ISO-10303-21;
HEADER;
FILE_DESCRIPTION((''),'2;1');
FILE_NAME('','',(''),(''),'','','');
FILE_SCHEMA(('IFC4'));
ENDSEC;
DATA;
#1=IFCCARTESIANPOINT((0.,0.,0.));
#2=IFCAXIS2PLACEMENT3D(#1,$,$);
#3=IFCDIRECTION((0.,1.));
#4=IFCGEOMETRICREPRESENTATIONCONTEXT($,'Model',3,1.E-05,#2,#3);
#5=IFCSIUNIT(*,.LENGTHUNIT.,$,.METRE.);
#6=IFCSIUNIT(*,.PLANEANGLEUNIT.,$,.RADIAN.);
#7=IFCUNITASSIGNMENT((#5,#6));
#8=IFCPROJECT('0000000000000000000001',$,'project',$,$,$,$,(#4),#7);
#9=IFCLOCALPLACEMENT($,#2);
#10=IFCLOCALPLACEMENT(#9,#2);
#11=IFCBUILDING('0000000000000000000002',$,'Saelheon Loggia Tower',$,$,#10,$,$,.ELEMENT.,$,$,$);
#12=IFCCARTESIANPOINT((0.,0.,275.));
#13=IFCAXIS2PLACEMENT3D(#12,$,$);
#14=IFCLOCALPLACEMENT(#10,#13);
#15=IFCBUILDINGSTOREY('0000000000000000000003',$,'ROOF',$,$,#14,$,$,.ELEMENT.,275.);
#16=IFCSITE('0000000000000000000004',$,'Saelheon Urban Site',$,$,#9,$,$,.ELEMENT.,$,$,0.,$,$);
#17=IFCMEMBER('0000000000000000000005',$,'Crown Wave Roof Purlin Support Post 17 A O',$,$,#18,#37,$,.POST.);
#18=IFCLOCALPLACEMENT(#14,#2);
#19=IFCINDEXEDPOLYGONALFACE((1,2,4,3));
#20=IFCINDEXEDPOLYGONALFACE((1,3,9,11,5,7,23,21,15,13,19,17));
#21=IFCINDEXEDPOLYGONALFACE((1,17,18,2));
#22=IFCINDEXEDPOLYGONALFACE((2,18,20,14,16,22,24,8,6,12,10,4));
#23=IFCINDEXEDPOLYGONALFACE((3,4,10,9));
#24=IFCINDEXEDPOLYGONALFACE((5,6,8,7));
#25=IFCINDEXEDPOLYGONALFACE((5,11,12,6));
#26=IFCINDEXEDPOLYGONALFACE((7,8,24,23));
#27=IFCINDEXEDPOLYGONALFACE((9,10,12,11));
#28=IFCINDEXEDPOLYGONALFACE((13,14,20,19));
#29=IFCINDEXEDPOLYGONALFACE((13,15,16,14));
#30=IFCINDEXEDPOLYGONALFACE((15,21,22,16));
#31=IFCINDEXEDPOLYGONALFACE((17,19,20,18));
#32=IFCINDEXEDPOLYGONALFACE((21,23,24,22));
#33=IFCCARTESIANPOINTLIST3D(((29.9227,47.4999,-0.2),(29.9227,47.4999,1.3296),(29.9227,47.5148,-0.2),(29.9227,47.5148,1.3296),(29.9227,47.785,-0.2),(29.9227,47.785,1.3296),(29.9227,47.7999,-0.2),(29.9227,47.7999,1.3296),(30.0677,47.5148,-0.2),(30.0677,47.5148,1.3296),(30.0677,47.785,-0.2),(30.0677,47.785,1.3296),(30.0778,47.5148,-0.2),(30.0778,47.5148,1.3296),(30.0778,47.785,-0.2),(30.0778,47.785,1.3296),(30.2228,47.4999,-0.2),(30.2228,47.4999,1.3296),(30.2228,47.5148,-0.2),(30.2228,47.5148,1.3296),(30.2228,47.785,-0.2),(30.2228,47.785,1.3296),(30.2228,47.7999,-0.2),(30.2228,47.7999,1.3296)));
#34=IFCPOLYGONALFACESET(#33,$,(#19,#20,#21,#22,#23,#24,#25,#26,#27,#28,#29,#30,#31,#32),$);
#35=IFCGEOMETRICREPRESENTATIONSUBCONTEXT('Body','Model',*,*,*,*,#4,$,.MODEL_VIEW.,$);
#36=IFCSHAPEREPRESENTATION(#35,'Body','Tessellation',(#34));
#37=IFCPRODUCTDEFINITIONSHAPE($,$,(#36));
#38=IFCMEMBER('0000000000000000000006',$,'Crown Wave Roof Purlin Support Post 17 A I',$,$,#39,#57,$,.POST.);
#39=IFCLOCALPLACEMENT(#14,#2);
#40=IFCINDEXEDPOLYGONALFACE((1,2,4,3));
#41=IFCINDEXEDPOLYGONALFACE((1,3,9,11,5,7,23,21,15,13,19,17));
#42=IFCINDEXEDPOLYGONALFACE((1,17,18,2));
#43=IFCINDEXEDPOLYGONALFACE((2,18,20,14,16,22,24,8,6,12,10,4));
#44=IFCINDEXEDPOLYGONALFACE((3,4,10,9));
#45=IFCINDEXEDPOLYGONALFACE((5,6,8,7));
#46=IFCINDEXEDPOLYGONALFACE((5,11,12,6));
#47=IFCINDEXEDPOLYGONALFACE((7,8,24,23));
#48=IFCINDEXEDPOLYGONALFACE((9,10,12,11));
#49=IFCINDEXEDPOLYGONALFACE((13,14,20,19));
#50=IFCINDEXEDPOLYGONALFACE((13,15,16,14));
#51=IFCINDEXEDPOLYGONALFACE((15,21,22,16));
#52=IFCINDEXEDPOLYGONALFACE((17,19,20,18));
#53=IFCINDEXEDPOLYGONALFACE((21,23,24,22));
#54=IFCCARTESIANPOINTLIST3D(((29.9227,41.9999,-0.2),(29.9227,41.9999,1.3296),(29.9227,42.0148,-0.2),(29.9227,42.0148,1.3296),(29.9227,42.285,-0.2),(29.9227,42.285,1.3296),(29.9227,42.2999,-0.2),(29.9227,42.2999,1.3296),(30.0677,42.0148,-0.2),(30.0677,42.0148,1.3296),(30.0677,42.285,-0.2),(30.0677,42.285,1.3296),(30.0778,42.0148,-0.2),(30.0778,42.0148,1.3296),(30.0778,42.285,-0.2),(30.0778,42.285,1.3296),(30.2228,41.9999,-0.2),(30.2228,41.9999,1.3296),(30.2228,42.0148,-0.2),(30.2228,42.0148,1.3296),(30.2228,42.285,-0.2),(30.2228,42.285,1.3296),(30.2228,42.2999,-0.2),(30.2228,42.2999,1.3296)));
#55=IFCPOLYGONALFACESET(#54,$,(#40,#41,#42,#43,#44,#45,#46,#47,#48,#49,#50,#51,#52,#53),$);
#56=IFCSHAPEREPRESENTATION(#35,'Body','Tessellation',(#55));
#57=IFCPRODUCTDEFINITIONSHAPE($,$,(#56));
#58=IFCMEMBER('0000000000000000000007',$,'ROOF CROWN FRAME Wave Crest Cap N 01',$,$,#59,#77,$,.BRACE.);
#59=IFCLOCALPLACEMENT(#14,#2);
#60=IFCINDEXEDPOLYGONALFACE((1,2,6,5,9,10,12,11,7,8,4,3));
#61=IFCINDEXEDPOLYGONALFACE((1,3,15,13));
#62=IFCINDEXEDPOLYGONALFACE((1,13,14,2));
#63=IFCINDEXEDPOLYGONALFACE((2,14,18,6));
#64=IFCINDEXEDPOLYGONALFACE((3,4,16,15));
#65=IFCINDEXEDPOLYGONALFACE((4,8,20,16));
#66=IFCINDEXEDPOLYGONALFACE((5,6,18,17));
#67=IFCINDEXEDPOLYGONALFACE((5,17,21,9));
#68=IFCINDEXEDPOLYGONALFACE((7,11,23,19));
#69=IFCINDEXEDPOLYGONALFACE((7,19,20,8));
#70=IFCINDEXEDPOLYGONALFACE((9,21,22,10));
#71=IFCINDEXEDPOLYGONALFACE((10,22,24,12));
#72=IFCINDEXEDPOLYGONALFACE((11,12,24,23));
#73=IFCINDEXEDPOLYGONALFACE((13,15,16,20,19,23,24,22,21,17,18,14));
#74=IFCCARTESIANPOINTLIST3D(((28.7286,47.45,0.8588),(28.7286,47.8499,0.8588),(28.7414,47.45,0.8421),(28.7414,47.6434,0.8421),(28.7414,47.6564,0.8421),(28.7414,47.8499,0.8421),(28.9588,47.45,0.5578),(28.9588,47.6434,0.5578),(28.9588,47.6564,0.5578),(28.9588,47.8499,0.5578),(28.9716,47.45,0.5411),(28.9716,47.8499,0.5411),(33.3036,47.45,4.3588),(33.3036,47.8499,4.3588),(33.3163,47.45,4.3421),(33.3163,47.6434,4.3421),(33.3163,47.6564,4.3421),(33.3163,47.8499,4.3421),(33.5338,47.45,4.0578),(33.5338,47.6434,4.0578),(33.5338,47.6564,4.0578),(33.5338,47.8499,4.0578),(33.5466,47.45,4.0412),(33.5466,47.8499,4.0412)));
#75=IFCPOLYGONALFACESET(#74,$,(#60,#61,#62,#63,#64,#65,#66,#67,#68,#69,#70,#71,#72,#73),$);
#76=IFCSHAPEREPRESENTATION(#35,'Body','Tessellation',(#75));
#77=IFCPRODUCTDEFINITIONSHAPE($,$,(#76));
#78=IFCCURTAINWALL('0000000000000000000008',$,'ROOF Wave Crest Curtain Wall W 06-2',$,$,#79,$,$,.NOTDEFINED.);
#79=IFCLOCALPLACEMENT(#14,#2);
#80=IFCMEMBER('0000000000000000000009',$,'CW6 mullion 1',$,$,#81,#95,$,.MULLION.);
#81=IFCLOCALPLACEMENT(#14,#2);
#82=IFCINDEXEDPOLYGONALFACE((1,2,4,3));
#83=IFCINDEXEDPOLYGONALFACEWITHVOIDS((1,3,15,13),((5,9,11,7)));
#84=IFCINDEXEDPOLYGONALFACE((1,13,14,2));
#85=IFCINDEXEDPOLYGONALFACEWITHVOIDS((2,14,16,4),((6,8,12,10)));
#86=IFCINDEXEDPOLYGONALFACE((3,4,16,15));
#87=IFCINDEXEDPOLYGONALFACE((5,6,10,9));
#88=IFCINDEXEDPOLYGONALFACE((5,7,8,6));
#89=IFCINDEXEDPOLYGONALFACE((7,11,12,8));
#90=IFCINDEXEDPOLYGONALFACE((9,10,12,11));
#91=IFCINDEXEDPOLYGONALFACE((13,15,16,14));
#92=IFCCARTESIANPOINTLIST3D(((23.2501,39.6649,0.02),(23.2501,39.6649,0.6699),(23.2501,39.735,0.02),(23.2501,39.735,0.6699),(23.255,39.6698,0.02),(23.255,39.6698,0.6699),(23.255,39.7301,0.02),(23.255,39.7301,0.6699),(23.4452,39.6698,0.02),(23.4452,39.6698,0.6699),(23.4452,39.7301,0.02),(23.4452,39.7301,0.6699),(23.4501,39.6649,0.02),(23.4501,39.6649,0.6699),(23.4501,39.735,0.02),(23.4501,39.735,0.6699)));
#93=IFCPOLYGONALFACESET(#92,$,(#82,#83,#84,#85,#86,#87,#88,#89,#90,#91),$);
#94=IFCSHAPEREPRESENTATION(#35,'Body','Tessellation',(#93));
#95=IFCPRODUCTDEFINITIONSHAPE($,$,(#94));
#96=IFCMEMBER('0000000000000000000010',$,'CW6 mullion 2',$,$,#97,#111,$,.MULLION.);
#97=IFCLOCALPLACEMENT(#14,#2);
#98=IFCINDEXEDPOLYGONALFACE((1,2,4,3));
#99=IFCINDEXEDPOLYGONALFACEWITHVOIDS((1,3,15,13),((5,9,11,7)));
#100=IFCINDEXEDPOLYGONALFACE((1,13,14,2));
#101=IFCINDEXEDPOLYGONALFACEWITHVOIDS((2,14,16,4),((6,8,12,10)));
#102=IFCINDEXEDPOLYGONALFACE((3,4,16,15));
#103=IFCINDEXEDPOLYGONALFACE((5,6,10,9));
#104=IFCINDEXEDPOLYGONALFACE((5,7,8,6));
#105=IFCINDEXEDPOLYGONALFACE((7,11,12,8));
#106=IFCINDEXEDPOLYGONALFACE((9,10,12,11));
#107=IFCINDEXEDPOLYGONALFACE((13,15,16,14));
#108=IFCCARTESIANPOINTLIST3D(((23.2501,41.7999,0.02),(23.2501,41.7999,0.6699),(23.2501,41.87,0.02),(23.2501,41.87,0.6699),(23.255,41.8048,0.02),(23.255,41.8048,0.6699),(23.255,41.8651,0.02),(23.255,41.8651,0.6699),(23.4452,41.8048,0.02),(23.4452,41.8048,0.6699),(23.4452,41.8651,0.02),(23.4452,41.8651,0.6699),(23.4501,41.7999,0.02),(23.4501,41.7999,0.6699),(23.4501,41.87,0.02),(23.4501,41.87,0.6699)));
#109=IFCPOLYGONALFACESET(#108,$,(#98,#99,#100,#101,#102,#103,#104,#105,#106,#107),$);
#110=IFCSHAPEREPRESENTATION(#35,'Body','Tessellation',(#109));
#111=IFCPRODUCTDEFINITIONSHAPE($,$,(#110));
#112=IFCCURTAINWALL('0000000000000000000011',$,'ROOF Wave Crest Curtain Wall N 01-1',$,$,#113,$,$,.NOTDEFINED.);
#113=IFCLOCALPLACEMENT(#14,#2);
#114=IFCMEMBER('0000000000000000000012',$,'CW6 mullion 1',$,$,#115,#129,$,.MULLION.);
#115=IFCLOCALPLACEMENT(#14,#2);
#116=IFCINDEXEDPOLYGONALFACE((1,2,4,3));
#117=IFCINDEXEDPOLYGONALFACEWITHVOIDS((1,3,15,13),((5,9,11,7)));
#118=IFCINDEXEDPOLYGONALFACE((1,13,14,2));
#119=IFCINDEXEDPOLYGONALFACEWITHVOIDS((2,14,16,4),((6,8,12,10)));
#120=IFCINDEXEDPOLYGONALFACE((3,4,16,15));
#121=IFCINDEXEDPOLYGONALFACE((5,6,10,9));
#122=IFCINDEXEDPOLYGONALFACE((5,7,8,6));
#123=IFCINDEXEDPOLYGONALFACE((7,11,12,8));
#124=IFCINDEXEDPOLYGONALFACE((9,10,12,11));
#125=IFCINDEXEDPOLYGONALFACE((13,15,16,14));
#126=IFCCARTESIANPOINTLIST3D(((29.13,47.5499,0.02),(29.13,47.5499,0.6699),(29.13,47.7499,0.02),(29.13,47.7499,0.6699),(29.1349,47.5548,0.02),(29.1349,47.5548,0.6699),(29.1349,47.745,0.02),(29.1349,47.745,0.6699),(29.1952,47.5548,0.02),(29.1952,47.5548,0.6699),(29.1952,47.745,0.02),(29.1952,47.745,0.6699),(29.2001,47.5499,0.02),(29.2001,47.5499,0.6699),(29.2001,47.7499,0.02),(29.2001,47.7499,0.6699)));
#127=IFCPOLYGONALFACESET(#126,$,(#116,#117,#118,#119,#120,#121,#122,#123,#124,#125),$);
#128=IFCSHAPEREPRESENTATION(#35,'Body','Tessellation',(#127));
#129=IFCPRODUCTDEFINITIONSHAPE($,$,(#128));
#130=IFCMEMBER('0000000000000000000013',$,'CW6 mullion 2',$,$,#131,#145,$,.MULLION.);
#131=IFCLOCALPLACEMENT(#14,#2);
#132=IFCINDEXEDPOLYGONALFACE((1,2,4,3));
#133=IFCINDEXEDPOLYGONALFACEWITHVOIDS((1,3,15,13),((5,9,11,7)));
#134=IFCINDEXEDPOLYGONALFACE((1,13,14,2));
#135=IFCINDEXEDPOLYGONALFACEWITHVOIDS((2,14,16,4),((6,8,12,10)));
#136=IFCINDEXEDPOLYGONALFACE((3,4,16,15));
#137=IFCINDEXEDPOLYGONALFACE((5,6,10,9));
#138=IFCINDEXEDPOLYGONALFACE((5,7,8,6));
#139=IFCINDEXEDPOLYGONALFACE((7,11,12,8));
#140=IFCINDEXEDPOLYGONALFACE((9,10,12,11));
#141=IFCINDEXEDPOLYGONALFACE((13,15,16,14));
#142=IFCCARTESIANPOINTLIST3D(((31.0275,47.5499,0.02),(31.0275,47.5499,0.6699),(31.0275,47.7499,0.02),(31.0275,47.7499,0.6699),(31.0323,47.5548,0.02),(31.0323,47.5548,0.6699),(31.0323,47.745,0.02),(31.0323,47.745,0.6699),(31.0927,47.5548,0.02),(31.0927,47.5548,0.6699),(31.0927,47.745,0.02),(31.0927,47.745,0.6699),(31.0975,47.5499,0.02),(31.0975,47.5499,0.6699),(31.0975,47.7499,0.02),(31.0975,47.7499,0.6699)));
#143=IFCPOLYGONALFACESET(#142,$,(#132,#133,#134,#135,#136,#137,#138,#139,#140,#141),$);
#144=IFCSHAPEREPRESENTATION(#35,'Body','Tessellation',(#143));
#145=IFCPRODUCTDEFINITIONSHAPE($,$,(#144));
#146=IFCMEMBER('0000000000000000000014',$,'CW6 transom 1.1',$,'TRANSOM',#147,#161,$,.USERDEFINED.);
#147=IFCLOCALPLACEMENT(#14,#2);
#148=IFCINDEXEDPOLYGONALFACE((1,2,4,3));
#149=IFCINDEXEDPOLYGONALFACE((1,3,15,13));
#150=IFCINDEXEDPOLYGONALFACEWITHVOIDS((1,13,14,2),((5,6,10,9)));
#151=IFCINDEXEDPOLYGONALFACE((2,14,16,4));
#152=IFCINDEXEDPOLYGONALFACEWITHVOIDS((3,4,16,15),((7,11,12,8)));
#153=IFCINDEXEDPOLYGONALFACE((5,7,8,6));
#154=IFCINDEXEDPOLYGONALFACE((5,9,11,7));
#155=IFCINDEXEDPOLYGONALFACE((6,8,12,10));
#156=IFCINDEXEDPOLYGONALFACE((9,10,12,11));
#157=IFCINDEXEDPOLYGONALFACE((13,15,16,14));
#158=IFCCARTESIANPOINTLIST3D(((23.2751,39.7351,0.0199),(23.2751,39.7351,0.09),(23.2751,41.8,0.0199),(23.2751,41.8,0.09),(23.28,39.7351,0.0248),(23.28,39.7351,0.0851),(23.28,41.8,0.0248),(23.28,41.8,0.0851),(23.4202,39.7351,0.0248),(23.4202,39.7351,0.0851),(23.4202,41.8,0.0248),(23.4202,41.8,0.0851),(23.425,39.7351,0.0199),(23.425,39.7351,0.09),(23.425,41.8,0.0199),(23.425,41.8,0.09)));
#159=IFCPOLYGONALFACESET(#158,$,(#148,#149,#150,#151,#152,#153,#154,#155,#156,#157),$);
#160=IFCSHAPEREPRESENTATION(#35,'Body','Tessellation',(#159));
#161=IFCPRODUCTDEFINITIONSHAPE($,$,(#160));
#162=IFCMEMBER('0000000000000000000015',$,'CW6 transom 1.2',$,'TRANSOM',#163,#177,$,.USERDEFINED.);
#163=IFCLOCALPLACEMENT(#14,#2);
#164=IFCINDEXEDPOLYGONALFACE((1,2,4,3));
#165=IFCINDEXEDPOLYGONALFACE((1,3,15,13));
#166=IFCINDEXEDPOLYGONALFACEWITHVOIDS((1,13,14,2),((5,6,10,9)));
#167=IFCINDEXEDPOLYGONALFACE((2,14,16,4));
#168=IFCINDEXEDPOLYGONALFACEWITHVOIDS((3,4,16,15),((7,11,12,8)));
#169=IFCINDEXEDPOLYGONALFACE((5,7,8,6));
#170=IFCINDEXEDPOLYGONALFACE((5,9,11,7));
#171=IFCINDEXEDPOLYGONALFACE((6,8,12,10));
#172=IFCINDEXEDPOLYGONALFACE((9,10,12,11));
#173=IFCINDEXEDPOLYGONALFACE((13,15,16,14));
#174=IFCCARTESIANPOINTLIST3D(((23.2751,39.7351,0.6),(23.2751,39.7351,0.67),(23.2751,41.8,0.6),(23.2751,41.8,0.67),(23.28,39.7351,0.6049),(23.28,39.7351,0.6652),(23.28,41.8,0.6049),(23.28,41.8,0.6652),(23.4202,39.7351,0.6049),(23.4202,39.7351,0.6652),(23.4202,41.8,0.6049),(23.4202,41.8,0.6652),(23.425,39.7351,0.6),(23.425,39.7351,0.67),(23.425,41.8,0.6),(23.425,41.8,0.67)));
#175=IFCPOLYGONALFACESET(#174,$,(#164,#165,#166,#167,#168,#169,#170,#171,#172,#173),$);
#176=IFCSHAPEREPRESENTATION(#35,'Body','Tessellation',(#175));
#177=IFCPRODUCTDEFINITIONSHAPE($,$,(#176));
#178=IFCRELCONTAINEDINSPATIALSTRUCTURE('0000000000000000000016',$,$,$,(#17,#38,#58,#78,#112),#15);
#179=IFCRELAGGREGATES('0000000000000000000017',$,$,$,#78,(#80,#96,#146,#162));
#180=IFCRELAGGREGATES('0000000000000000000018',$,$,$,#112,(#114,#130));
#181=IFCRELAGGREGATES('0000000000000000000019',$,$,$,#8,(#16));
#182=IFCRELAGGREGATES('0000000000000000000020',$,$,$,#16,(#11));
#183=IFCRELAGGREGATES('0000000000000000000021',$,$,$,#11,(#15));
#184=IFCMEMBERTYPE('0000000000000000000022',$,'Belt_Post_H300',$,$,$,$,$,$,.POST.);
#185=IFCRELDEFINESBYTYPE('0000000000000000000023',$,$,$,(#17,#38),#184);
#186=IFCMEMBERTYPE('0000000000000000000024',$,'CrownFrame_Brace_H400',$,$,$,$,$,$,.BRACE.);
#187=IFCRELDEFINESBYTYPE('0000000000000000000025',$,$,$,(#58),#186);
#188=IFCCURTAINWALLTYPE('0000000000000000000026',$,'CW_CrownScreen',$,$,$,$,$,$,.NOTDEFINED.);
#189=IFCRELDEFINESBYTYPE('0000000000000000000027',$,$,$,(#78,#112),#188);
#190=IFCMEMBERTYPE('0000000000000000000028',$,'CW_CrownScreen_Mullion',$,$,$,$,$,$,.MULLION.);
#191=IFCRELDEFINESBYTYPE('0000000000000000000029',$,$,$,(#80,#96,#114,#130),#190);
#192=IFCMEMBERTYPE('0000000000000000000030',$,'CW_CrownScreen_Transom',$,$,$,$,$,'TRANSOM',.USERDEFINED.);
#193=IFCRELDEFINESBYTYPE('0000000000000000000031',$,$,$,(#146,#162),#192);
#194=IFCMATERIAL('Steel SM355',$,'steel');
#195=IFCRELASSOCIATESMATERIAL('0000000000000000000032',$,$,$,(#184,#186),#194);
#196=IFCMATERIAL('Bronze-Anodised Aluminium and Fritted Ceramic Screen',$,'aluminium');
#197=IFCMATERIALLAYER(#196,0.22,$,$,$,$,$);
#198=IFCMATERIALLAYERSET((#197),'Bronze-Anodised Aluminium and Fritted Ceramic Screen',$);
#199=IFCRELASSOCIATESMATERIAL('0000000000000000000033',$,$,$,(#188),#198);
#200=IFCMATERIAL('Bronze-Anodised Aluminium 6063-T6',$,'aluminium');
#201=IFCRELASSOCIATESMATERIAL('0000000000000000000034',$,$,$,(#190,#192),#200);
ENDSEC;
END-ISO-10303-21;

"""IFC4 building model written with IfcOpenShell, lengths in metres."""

from ifc_helpers import new_model, si_unit, direction, frame, origin, origin_2d, place, context, subcontext, project, spatial, hollow_rectangle, i_section, extrude, source, transform, mapped, material, layer, layer_set, material_profile, profile_set, type_object, element, aggregate, save


model = new_model("IFC4")

# Units and contexts
model_context = context("Model", 3, precision=1e-05, world=origin(), true_north=direction((0.0, 1.0)))
body_context = subcontext(model_context, "Body", "Model", "MODEL_VIEW")
ifc_project = project(units=[si_unit("LENGTHUNIT", "METRE"), si_unit("PLANEANGLEUNIT", "RADIAN")], contexts=[model_context])

# Site, building, storey
site_placement = place(None, origin())
site = spatial("IfcSite", under=ifc_project, at=site_placement, Name="Saelheon Urban Site", CompositionType="ELEMENT", RefElevation=0.0)
building_placement = place(site_placement, origin())
building = spatial("IfcBuilding", under=site, at=building_placement, Name="Saelheon Loggia Tower", CompositionType="ELEMENT")
storey_placement = place(building_placement, frame((0.0, 0.0, 275.0)))
storey = spatial("IfcBuildingStorey", under=building, at=storey_placement, Name="ROOF", CompositionType="ELEMENT", Elevation=275.0)

# Members
ifc_material_1 = material(Name="Steel SM355", Category="steel")
ifc_material_profile_1 = material_profile(ifc_material_1, i_section(OverallWidth=0.3, OverallDepth=0.3, WebThickness=0.01, FlangeThickness=0.0149, at=origin_2d()), Name="H-300x300x10x15")
ifc_profile_set_1 = profile_set([ifc_material_profile_1], Name="Steel SM355")
member_type_1 = type_object("IfcMemberType", Name="Belt_Post_H300", PredefinedType="POST", material=ifc_profile_set_1)
shared_shape_1 = source(origin(), body_context, "Body", "SweptSolid", [
    extrude(i_section(OverallWidth=0.3, OverallDepth=0.3, WebThickness=0.01, FlangeThickness=0.0149, at=origin_2d()), origin(), (0.0, 0.0, 1.0), 1.5295),
])
for number, where, z_axis, x_axis, name in (
    (1, (30.0728, 47.6499, -0.2), (0.0, 0.0, 1.0), (1.0, 0.0, 0.0), "Crown Wave Roof Purlin Support Post 17 A O"),
    (2, (30.0728, 42.1499, -0.2), (0.0, 0.0, 1.0), (1.0, 0.0, 0.0), "Crown Wave Roof Purlin Support Post 17 A I"),
):
    element("IfcMember", number, at=place(storey_placement, frame(where, z_axis=z_axis, x_axis=x_axis)), inside=storey, type_object=member_type_1, Name=name, PredefinedType="POST", context=body_context, shape_type="MappedRepresentation", body=[
        mapped(shared_shape_1, transform((0.0, 0.0, 0.0), scale=1.0)),
    ])
ifc_material_profile_2 = material_profile(ifc_material_1, i_section(OverallWidth=0.3999, OverallDepth=0.3999, WebThickness=0.0129, FlangeThickness=0.021, at=origin_2d()), Name="H-400x400x13x21")
ifc_profile_set_2 = profile_set([ifc_material_profile_2], Name="Steel SM355")
member_type_2 = type_object("IfcMemberType", Name="CrownFrame_Brace_H400", PredefinedType="BRACE", material=ifc_profile_set_2)
shared_shape_2 = source(origin(), body_context, "Body", "SweptSolid", [
    extrude(i_section(OverallWidth=0.3999, OverallDepth=0.3999, WebThickness=0.0129, FlangeThickness=0.021, at=origin_2d()), origin(), (0.0, 0.0, 1.0), 5.7603),
])
member_1_placement = place(storey_placement, frame((28.8501, 47.6499, 0.7), z_axis=(0.794231, 0.0, 0.607615), x_axis=(0.0, 1.0, 0.0)))
element("IfcMember", 3, at=member_1_placement, inside=storey, type_object=member_type_2, Name="ROOF CROWN FRAME Wave Crest Cap N 01", PredefinedType="BRACE", context=body_context, shape_type="MappedRepresentation", body=[
    mapped(shared_shape_2, transform((0.0, 0.0, 0.0), scale=1.0)),
])

# Curtain walls, members
ifc_material_2 = material(Name="Bronze-Anodised Aluminium and Fritted Ceramic Screen", Category="aluminium")
ifc_layer_1 = layer(ifc_material_2, 0.22)
ifc_layer_set_1 = layer_set([ifc_layer_1], Name="Bronze-Anodised Aluminium and Fritted Ceramic Screen")
curtain_wall_type = type_object("IfcCurtainWallType", Name="CW_CrownScreen", PredefinedType="NOTDEFINED", material=ifc_layer_set_1)
curtain_wall_1_placement = place(storey_placement, origin())
curtain_wall_1 = element("IfcCurtainWall", 4, at=curtain_wall_1_placement, inside=storey, type_object=curtain_wall_type, Name="ROOF Wave Crest Curtain Wall W 06-2", PredefinedType="NOTDEFINED")
ifc_material_3 = material(Name="Bronze-Anodised Aluminium 6063-T6", Category="aluminium")
ifc_material_profile_3 = material_profile(ifc_material_3, hollow_rectangle(XDim=0.0701, YDim=0.2, WallThickness=0.0049, at=origin_2d()), Name="RHS-200x70x5")
ifc_profile_set_3 = profile_set([ifc_material_profile_3], Name="Bronze-Anodised Aluminium 6063-T6")
member_type_3 = type_object("IfcMemberType", Name="CW_CrownScreen_Mullion", PredefinedType="MULLION", material=ifc_profile_set_3)
shared_shape_3 = source(origin(), body_context, "Body", "SweptSolid", [
    extrude(hollow_rectangle(XDim=0.0701, YDim=0.2, WallThickness=0.0049, at=origin_2d()), origin(), (0.0, 0.0, 1.0), 0.6499),
])
member_2_placement = place(storey_placement, frame((23.3501, 39.7, 0.02), z_axis=(0.0, 0.0, 1.0), x_axis=(0.0, 1.0, 0.0)))
member_2 = element("IfcMember", 5, at=member_2_placement, type_object=member_type_3, Name="CW6 mullion 1", PredefinedType="MULLION", context=body_context, shape_type="MappedRepresentation", body=[
    mapped(shared_shape_3, transform((0.0, 0.0, 0.0), scale=1.0)),
])
member_3_placement = place(storey_placement, frame((23.3501, 41.835, 0.02), z_axis=(0.0, 0.0, 1.0), x_axis=(0.0, 1.0, 0.0)))
member_3 = element("IfcMember", 6, at=member_3_placement, type_object=member_type_3, Name="CW6 mullion 2", PredefinedType="MULLION", context=body_context, shape_type="MappedRepresentation", body=[
    mapped(shared_shape_3, transform((0.0, 0.0, 0.0), scale=1.0)),
])
curtain_wall_2_placement = place(storey_placement, origin())
curtain_wall_2 = element("IfcCurtainWall", 7, at=curtain_wall_2_placement, inside=storey, type_object=curtain_wall_type, Name="ROOF Wave Crest Curtain Wall N 01-1", PredefinedType="NOTDEFINED")
member_4_placement = place(storey_placement, frame((29.165, 47.6499, 0.02), z_axis=(0.0, 0.0, 1.0), x_axis=(1.0, 0.0, 0.0)))
member_4 = element("IfcMember", 8, at=member_4_placement, type_object=member_type_3, Name="CW6 mullion 1", PredefinedType="MULLION", context=body_context, shape_type="MappedRepresentation", body=[
    mapped(shared_shape_3, transform((0.0, 0.0, 0.0), scale=1.0)),
])
member_5_placement = place(storey_placement, frame((31.0625, 47.6499, 0.02), z_axis=(0.0, 0.0, 1.0), x_axis=(1.0, 0.0, 0.0)))
member_5 = element("IfcMember", 9, at=member_5_placement, type_object=member_type_3, Name="CW6 mullion 2", PredefinedType="MULLION", context=body_context, shape_type="MappedRepresentation", body=[
    mapped(shared_shape_3, transform((0.0, 0.0, 0.0), scale=1.0)),
])

# Members
ifc_material_profile_4 = material_profile(ifc_material_3, hollow_rectangle(XDim=0.0701, YDim=0.1499, WallThickness=0.0049, at=origin_2d()), Name="RHS-150x70x5")
ifc_profile_set_4 = profile_set([ifc_material_profile_4], Name="Bronze-Anodised Aluminium 6063-T6")
member_type_4 = type_object("IfcMemberType", Name="CW_CrownScreen_Transom", ElementType="TRANSOM", PredefinedType="USERDEFINED", material=ifc_profile_set_4)
shared_shape_4 = source(origin(), body_context, "Body", "SweptSolid", [
    extrude(hollow_rectangle(XDim=0.0701, YDim=0.1499, WallThickness=0.0049, at=origin_2d()), origin(), (0.0, 0.0, 1.0), 2.0649),
])
member_6_placement = place(storey_placement, frame((23.3501, 39.7351, 0.0549), z_axis=(0.0, 1.0, 0.0), x_axis=(0.0, 0.0, 1.0)))
member_6 = element("IfcMember", 10, at=member_6_placement, type_object=member_type_4, Name="CW6 transom 1.1", ObjectType="TRANSOM", PredefinedType="USERDEFINED", context=body_context, shape_type="MappedRepresentation", body=[
    mapped(shared_shape_4, transform((0.0, 0.0, 0.0), scale=1.0)),
])
member_7_placement = place(storey_placement, frame((23.3501, 39.7351, 0.635), z_axis=(0.0, 1.0, 0.0), x_axis=(0.0, 0.0, 1.0)))
member_7 = element("IfcMember", 11, at=member_7_placement, type_object=member_type_4, Name="CW6 transom 1.2", ObjectType="TRANSOM", PredefinedType="USERDEFINED", context=body_context, shape_type="MappedRepresentation", body=[
    mapped(shared_shape_4, transform((0.0, 0.0, 0.0), scale=1.0)),
])

aggregate(curtain_wall_1, [member_2, member_3, member_6, member_7])
aggregate(curtain_wall_2, [member_4, member_5])

save(model, "model.ifc")
